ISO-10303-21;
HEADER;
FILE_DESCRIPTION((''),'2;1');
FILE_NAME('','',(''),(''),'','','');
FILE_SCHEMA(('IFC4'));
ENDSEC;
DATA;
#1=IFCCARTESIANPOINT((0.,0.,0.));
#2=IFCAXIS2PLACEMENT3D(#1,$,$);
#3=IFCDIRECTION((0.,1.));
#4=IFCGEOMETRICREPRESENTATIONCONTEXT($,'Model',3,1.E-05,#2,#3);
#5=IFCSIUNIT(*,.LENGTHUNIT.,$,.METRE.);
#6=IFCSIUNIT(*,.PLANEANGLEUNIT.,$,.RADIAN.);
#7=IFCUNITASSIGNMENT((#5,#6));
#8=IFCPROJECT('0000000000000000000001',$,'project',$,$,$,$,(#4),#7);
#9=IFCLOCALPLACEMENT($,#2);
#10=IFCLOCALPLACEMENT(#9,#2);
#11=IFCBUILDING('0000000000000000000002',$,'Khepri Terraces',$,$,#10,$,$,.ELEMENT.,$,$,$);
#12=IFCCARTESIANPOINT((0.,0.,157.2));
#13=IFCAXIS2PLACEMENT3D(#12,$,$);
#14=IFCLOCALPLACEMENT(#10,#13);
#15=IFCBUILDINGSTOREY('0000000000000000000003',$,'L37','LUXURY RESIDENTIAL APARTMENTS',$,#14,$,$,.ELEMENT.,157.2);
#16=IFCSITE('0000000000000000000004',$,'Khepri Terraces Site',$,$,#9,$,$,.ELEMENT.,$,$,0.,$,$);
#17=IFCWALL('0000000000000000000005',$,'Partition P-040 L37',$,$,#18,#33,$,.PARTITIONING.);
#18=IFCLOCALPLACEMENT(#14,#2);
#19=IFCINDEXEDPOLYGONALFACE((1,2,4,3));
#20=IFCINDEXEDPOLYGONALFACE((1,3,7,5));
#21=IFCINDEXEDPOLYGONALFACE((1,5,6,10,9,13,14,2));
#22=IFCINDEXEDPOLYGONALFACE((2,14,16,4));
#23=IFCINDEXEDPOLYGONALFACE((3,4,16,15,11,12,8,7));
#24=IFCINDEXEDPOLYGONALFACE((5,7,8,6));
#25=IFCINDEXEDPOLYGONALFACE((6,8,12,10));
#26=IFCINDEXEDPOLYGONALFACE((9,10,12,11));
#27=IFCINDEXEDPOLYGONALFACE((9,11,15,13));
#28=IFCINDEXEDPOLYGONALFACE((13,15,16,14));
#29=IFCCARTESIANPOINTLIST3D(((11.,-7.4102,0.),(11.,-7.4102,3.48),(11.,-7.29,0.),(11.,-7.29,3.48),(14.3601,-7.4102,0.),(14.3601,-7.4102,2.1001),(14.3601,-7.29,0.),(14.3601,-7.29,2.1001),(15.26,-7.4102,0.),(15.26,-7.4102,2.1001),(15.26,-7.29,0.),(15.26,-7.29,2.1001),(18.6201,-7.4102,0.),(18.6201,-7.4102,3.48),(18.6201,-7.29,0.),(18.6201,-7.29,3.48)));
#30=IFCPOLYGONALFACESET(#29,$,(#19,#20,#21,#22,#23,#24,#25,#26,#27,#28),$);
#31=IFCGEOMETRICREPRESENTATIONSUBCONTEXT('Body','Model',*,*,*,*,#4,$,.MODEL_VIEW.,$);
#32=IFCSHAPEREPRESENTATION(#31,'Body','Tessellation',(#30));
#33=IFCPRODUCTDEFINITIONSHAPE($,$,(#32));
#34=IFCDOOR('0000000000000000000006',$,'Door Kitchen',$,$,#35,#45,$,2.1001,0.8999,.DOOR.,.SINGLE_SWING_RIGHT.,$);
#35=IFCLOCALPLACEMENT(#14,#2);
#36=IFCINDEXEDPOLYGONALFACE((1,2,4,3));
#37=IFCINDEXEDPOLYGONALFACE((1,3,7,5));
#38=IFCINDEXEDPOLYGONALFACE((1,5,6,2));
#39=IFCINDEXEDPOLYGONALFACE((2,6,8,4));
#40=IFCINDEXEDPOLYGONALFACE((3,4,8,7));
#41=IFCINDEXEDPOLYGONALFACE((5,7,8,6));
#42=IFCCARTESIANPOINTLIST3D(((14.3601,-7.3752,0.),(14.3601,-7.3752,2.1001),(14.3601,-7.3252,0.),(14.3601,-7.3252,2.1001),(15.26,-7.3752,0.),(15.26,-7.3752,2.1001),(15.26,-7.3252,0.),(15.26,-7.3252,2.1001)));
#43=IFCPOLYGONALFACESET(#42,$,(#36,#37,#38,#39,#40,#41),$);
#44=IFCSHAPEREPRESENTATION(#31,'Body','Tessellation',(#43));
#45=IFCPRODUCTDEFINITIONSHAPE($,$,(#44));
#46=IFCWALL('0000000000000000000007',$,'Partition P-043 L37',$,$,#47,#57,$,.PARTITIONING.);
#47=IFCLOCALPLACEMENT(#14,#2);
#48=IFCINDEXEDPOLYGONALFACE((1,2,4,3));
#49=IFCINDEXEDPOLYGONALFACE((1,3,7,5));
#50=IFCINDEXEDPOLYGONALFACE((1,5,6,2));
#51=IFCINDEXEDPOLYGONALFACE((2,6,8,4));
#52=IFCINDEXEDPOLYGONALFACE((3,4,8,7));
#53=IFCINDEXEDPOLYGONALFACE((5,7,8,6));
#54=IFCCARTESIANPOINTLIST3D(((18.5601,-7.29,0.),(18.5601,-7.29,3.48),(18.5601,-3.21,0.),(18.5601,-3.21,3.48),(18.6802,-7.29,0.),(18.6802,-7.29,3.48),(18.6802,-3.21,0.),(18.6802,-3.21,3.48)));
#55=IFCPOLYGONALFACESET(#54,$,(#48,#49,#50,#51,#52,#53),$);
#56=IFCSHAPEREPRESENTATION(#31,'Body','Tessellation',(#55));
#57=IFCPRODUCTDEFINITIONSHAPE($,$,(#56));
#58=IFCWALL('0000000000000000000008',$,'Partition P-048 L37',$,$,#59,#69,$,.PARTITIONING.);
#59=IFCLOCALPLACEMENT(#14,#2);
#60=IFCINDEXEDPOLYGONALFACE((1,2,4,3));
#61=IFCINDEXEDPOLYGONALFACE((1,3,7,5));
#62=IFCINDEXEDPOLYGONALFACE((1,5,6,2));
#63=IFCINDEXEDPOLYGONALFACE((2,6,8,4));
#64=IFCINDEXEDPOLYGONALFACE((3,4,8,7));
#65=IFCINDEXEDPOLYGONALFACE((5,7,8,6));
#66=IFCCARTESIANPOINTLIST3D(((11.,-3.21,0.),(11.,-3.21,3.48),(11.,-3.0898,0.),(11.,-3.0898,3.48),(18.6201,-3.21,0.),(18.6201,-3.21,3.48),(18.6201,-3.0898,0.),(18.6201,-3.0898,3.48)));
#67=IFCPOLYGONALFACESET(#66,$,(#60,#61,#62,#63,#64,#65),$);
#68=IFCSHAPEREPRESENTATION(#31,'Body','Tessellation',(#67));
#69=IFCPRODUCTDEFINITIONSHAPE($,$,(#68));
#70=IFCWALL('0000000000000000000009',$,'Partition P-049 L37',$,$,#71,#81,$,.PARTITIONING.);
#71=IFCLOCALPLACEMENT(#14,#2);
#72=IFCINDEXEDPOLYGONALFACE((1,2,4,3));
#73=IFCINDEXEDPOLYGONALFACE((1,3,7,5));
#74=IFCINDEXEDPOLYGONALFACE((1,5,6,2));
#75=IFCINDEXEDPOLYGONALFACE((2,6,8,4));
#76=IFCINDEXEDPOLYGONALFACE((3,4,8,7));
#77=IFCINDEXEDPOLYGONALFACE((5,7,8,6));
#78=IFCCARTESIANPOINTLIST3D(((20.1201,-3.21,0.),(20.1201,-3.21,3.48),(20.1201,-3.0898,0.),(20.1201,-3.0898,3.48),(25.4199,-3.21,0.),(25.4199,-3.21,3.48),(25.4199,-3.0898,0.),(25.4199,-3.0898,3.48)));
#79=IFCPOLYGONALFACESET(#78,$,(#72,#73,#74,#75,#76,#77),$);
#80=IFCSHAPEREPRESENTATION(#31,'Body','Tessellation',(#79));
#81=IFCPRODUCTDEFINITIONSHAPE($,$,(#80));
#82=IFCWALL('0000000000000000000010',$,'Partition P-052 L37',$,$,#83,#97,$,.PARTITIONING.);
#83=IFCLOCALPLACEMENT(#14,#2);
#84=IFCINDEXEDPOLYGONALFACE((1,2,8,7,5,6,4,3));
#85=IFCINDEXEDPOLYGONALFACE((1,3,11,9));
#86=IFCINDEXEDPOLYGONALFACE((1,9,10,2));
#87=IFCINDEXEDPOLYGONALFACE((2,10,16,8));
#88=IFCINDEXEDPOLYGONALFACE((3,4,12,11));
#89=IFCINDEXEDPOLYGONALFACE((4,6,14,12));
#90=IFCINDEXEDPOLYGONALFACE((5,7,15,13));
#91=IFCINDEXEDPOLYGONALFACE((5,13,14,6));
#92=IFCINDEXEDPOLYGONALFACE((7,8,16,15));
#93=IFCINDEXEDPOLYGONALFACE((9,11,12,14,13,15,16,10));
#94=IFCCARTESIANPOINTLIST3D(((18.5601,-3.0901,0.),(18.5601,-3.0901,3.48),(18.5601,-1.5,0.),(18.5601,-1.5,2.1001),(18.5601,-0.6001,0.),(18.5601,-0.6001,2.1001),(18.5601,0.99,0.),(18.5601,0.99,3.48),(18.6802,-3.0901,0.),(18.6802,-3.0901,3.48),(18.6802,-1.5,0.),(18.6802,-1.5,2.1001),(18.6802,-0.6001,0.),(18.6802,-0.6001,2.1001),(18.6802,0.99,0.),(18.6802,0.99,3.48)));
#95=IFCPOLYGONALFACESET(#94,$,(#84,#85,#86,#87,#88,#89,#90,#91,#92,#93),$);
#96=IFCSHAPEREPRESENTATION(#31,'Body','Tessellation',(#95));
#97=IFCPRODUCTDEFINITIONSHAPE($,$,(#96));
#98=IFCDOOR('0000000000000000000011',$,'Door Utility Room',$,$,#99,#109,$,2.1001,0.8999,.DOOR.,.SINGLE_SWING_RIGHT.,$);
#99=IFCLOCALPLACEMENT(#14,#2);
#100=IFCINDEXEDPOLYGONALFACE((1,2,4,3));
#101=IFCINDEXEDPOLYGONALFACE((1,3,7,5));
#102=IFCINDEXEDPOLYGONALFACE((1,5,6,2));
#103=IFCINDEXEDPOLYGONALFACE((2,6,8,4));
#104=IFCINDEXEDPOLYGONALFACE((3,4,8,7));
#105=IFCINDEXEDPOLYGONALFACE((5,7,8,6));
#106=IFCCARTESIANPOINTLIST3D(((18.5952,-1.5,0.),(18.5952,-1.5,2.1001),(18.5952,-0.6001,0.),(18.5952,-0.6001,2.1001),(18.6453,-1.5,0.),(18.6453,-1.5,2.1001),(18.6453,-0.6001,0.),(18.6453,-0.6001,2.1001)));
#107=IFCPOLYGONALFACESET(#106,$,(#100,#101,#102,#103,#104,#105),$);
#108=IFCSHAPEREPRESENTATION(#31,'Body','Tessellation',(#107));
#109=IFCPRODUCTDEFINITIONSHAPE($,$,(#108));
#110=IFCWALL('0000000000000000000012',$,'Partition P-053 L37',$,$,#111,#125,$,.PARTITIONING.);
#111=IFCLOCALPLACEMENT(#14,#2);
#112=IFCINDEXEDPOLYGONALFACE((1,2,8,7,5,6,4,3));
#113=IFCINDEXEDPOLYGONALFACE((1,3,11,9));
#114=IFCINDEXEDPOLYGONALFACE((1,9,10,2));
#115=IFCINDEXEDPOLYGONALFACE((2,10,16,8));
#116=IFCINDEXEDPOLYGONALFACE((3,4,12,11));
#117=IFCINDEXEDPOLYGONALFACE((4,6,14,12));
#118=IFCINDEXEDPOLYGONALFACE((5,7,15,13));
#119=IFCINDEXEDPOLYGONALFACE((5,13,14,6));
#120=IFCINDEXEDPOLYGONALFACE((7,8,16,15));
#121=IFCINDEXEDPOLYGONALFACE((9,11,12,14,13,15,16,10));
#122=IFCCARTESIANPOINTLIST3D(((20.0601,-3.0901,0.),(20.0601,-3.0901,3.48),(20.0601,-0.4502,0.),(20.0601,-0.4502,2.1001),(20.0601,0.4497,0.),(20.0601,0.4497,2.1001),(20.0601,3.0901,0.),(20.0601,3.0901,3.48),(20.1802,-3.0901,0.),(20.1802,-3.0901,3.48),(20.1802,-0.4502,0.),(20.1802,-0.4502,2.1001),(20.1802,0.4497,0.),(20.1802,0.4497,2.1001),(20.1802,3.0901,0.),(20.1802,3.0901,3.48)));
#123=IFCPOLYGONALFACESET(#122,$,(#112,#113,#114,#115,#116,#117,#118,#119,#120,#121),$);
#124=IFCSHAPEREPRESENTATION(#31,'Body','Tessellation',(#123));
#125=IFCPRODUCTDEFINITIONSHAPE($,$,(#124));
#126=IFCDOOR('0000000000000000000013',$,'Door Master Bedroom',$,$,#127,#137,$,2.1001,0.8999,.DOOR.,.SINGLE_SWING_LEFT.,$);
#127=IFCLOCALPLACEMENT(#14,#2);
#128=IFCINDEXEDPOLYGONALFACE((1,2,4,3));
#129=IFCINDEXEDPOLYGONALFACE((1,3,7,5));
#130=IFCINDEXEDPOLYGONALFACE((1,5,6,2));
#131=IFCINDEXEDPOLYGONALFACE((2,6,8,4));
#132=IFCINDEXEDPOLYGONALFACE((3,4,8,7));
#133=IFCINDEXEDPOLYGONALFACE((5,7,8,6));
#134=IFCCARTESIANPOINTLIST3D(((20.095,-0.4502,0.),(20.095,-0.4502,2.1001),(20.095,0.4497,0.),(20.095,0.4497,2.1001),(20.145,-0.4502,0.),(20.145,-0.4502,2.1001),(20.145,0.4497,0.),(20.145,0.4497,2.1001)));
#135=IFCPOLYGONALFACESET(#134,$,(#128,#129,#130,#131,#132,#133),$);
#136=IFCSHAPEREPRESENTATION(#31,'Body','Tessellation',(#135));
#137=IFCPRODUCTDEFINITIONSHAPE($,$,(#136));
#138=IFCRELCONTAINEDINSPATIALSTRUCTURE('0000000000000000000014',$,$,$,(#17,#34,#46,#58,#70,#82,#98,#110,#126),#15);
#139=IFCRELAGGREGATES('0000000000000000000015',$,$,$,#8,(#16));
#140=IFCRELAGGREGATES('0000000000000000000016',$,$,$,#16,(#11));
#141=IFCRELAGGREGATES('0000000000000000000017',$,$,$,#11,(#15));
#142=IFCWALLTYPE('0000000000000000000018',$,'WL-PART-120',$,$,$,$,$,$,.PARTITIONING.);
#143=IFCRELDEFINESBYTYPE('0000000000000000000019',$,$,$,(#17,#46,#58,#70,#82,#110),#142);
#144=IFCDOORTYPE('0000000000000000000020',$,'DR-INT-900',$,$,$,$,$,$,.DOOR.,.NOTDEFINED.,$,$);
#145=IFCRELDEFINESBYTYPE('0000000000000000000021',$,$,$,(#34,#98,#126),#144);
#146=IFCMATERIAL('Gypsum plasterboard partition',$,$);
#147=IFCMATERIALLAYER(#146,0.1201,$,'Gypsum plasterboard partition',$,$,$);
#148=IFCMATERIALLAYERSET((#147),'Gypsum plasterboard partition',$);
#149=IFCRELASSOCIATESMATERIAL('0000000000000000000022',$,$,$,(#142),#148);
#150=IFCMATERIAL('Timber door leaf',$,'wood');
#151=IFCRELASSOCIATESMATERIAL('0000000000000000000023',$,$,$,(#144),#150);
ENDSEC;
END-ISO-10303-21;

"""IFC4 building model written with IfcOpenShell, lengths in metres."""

from ifc_helpers import new_model, si_unit, direction, frame, frame_2d, origin, place, context, subcontext, project, spatial, rectangle, extrude, material, layer, layer_set, type_object, element, fill, save


model = new_model("IFC4")

# Units and contexts
model_context = context("Model", 3, precision=1e-05, world=origin(), true_north=direction((0.0, 1.0)))
body_context = subcontext(model_context, "Body", "Model", "MODEL_VIEW")
ifc_project = project(units=[si_unit("LENGTHUNIT", "METRE"), si_unit("PLANEANGLEUNIT", "RADIAN")], contexts=[model_context])

# Site, building, storey
site_placement = place(None, origin())
site = spatial("IfcSite", under=ifc_project, at=site_placement, Name="Khepri Terraces Site", CompositionType="ELEMENT", RefElevation=0.0)
building_placement = place(site_placement, origin())
building = spatial("IfcBuilding", under=site, at=building_placement, Name="Khepri Terraces", CompositionType="ELEMENT")
storey_placement = place(building_placement, frame((0.0, 0.0, 157.2)))
storey = spatial("IfcBuildingStorey", under=building, at=storey_placement, Name="L37", Description="LUXURY RESIDENTIAL APARTMENTS", CompositionType="ELEMENT", Elevation=157.2)

# Shared definitions
ifc_material_1 = material(Name="Gypsum plasterboard partition")
ifc_layer_1 = layer(ifc_material_1, 0.1201, Name="Gypsum plasterboard partition")
ifc_layer_set_1 = layer_set([ifc_layer_1], Name="Gypsum plasterboard partition")
wall_type_1 = type_object("IfcWallType", Name="WL-PART-120", PredefinedType="PARTITIONING", material=ifc_layer_set_1)
ifc_material_2 = material(Name="Timber door leaf", Category="wood")
door_type_1 = type_object("IfcDoorType", Name="DR-INT-900", OperationType="NOTDEFINED", PredefinedType="DOOR", material=ifc_material_2)

# Wall, opening, door
wall_1_placement = place(storey_placement, frame((11.0, -7.3501, 0.0), z_axis=(0.0, 0.0, 1.0), x_axis=(1.0, 0.0, 0.0)))
wall_1 = element("IfcWall", 1, at=wall_1_placement, inside=storey, type_object=wall_type_1, Name="Partition P-040 L37", PredefinedType="PARTITIONING", context=body_context, shape_type="SweptSolid", body=[
    extrude(rectangle(XDim=7.6201, YDim=0.1201, at=frame_2d((3.8101, 0.0))), origin(), (0.0, 0.0, 1.0), 3.48),
])
opening_1_placement = place(wall_1_placement, frame((3.3601, 0.0, 0.0)))
opening_1 = element("IfcOpeningElement", 2, at=opening_1_placement, cuts=wall_1, PredefinedType="OPENING", context=body_context, shape_type="SweptSolid", body=[
    extrude(rectangle(XDim=0.8999, YDim=2.1001, at=frame_2d((0.45, 1.05))), frame((0.0, 0.0701, 0.0), z_axis=(0.0, -1.0, 0.0), x_axis=(1.0, 0.0, 0.0)), (0.0, 0.0, 1.0), 0.1401),
])
door_1_placement = place(opening_1_placement, origin())
door_1 = element("IfcDoor", 3, at=door_1_placement, inside=storey, type_object=door_type_1, Name="Door Kitchen", OperationType="SINGLE_SWING_RIGHT", OverallHeight=2.1001, OverallWidth=0.8999, PredefinedType="DOOR", context=body_context, shape_type="SweptSolid", body=[
    extrude(rectangle(XDim=0.8999, YDim=2.1001, at=frame_2d((0.45, 1.05))), frame((0.0, 0.0249, 0.0), z_axis=(0.0, -1.0, 0.0), x_axis=(1.0, 0.0, 0.0)), (0.0, 0.0, 1.0), 0.05),
])
fill(opening_1, door_1)

# Walls
wall_2_placement = place(storey_placement, frame((18.6201, -7.29, 0.0), z_axis=(0.0, 0.0, 1.0), x_axis=(0.0, 1.0, 0.0)))
element("IfcWall", 4, at=wall_2_placement, inside=storey, type_object=wall_type_1, Name="Partition P-043 L37", PredefinedType="PARTITIONING", context=body_context, shape_type="SweptSolid", body=[
    extrude(rectangle(XDim=4.0801, YDim=0.1201, at=frame_2d((2.04, 0.0))), origin(), (0.0, 0.0, 1.0), 3.48),
])
wall_3_placement = place(storey_placement, frame((11.0, -3.1499, 0.0), z_axis=(0.0, 0.0, 1.0), x_axis=(1.0, 0.0, 0.0)))
element("IfcWall", 5, at=wall_3_placement, inside=storey, type_object=wall_type_1, Name="Partition P-048 L37", PredefinedType="PARTITIONING", context=body_context, shape_type="SweptSolid", body=[
    extrude(rectangle(XDim=7.6201, YDim=0.1201, at=frame_2d((3.8101, 0.0))), origin(), (0.0, 0.0, 1.0), 3.48),
])
wall_4_placement = place(storey_placement, frame((20.1201, -3.1499, 0.0), z_axis=(0.0, 0.0, 1.0), x_axis=(1.0, 0.0, 0.0)))
element("IfcWall", 6, at=wall_4_placement, inside=storey, type_object=wall_type_1, Name="Partition P-049 L37", PredefinedType="PARTITIONING", context=body_context, shape_type="SweptSolid", body=[
    extrude(rectangle(XDim=5.2998, YDim=0.1201, at=frame_2d((2.6499, 0.0))), origin(), (0.0, 0.0, 1.0), 3.48),
])

# Walls, openings, doors
wall_5_placement = place(storey_placement, frame((18.6201, -3.0901, 0.0), z_axis=(0.0, 0.0, 1.0), x_axis=(0.0, 1.0, 0.0)))
wall_5 = element("IfcWall", 7, at=wall_5_placement, inside=storey, type_object=wall_type_1, Name="Partition P-052 L37", PredefinedType="PARTITIONING", context=body_context, shape_type="SweptSolid", body=[
    extrude(rectangle(XDim=4.0801, YDim=0.1201, at=frame_2d((2.04, 0.0))), origin(), (0.0, 0.0, 1.0), 3.48),
])
opening_2_placement = place(wall_5_placement, frame((1.5901, 0.0, 0.0)))
opening_2 = element("IfcOpeningElement", 8, at=opening_2_placement, cuts=wall_5, PredefinedType="OPENING", context=body_context, shape_type="SweptSolid", body=[
    extrude(rectangle(XDim=0.8999, YDim=2.1001, at=frame_2d((0.45, 1.05))), frame((0.0, 0.0701, 0.0), z_axis=(0.0, -1.0, 0.0), x_axis=(1.0, 0.0, 0.0)), (0.0, 0.0, 1.0), 0.1401),
])
door_2_placement = place(opening_2_placement, origin())
door_2 = element("IfcDoor", 9, at=door_2_placement, inside=storey, type_object=door_type_1, Name="Door Utility Room", OperationType="SINGLE_SWING_RIGHT", OverallHeight=2.1001, OverallWidth=0.8999, PredefinedType="DOOR", context=body_context, shape_type="SweptSolid", body=[
    extrude(rectangle(XDim=0.8999, YDim=2.1001, at=frame_2d((0.45, 1.05))), frame((0.0, 0.0249, 0.0), z_axis=(0.0, -1.0, 0.0), x_axis=(1.0, 0.0, 0.0)), (0.0, 0.0, 1.0), 0.05),
])
fill(opening_2, door_2)
wall_6_placement = place(storey_placement, frame((20.1201, -3.0901, 0.0), z_axis=(0.0, 0.0, 1.0), x_axis=(0.0, 1.0, 0.0)))
wall_6 = element("IfcWall", 10, at=wall_6_placement, inside=storey, type_object=wall_type_1, Name="Partition P-053 L37", PredefinedType="PARTITIONING", context=body_context, shape_type="SweptSolid", body=[
    extrude(rectangle(XDim=6.1802, YDim=0.1201, at=frame_2d((3.0901, 0.0))), origin(), (0.0, 0.0, 1.0), 3.48),
])
opening_3_placement = place(wall_6_placement, frame((2.6399, 0.0, 0.0)))
opening_3 = element("IfcOpeningElement", 11, at=opening_3_placement, cuts=wall_6, PredefinedType="OPENING", context=body_context, shape_type="SweptSolid", body=[
    extrude(rectangle(XDim=0.8999, YDim=2.1001, at=frame_2d((0.45, 1.05))), frame((0.0, 0.0701, 0.0), z_axis=(0.0, -1.0, 0.0), x_axis=(1.0, 0.0, 0.0)), (0.0, 0.0, 1.0), 0.1401),
])
door_3_placement = place(opening_3_placement, frame((0.8999, 0.0, 0.0), z_axis=(0.0, 0.0, 1.0), x_axis=(-1.0, 0.0, 0.0)))
door_3 = element("IfcDoor", 12, at=door_3_placement, inside=storey, type_object=door_type_1, Name="Door Master Bedroom", OperationType="SINGLE_SWING_LEFT", OverallHeight=2.1001, OverallWidth=0.8999, PredefinedType="DOOR", context=body_context, shape_type="SweptSolid", body=[
    extrude(rectangle(XDim=0.8999, YDim=2.1001, at=frame_2d((0.45, 1.05))), frame((0.0, 0.0249, 0.0), z_axis=(0.0, -1.0, 0.0), x_axis=(1.0, 0.0, 0.0)), (0.0, 0.0, 1.0), 0.05),
])
fill(opening_3, door_3)

save(model, "model.ifc")
